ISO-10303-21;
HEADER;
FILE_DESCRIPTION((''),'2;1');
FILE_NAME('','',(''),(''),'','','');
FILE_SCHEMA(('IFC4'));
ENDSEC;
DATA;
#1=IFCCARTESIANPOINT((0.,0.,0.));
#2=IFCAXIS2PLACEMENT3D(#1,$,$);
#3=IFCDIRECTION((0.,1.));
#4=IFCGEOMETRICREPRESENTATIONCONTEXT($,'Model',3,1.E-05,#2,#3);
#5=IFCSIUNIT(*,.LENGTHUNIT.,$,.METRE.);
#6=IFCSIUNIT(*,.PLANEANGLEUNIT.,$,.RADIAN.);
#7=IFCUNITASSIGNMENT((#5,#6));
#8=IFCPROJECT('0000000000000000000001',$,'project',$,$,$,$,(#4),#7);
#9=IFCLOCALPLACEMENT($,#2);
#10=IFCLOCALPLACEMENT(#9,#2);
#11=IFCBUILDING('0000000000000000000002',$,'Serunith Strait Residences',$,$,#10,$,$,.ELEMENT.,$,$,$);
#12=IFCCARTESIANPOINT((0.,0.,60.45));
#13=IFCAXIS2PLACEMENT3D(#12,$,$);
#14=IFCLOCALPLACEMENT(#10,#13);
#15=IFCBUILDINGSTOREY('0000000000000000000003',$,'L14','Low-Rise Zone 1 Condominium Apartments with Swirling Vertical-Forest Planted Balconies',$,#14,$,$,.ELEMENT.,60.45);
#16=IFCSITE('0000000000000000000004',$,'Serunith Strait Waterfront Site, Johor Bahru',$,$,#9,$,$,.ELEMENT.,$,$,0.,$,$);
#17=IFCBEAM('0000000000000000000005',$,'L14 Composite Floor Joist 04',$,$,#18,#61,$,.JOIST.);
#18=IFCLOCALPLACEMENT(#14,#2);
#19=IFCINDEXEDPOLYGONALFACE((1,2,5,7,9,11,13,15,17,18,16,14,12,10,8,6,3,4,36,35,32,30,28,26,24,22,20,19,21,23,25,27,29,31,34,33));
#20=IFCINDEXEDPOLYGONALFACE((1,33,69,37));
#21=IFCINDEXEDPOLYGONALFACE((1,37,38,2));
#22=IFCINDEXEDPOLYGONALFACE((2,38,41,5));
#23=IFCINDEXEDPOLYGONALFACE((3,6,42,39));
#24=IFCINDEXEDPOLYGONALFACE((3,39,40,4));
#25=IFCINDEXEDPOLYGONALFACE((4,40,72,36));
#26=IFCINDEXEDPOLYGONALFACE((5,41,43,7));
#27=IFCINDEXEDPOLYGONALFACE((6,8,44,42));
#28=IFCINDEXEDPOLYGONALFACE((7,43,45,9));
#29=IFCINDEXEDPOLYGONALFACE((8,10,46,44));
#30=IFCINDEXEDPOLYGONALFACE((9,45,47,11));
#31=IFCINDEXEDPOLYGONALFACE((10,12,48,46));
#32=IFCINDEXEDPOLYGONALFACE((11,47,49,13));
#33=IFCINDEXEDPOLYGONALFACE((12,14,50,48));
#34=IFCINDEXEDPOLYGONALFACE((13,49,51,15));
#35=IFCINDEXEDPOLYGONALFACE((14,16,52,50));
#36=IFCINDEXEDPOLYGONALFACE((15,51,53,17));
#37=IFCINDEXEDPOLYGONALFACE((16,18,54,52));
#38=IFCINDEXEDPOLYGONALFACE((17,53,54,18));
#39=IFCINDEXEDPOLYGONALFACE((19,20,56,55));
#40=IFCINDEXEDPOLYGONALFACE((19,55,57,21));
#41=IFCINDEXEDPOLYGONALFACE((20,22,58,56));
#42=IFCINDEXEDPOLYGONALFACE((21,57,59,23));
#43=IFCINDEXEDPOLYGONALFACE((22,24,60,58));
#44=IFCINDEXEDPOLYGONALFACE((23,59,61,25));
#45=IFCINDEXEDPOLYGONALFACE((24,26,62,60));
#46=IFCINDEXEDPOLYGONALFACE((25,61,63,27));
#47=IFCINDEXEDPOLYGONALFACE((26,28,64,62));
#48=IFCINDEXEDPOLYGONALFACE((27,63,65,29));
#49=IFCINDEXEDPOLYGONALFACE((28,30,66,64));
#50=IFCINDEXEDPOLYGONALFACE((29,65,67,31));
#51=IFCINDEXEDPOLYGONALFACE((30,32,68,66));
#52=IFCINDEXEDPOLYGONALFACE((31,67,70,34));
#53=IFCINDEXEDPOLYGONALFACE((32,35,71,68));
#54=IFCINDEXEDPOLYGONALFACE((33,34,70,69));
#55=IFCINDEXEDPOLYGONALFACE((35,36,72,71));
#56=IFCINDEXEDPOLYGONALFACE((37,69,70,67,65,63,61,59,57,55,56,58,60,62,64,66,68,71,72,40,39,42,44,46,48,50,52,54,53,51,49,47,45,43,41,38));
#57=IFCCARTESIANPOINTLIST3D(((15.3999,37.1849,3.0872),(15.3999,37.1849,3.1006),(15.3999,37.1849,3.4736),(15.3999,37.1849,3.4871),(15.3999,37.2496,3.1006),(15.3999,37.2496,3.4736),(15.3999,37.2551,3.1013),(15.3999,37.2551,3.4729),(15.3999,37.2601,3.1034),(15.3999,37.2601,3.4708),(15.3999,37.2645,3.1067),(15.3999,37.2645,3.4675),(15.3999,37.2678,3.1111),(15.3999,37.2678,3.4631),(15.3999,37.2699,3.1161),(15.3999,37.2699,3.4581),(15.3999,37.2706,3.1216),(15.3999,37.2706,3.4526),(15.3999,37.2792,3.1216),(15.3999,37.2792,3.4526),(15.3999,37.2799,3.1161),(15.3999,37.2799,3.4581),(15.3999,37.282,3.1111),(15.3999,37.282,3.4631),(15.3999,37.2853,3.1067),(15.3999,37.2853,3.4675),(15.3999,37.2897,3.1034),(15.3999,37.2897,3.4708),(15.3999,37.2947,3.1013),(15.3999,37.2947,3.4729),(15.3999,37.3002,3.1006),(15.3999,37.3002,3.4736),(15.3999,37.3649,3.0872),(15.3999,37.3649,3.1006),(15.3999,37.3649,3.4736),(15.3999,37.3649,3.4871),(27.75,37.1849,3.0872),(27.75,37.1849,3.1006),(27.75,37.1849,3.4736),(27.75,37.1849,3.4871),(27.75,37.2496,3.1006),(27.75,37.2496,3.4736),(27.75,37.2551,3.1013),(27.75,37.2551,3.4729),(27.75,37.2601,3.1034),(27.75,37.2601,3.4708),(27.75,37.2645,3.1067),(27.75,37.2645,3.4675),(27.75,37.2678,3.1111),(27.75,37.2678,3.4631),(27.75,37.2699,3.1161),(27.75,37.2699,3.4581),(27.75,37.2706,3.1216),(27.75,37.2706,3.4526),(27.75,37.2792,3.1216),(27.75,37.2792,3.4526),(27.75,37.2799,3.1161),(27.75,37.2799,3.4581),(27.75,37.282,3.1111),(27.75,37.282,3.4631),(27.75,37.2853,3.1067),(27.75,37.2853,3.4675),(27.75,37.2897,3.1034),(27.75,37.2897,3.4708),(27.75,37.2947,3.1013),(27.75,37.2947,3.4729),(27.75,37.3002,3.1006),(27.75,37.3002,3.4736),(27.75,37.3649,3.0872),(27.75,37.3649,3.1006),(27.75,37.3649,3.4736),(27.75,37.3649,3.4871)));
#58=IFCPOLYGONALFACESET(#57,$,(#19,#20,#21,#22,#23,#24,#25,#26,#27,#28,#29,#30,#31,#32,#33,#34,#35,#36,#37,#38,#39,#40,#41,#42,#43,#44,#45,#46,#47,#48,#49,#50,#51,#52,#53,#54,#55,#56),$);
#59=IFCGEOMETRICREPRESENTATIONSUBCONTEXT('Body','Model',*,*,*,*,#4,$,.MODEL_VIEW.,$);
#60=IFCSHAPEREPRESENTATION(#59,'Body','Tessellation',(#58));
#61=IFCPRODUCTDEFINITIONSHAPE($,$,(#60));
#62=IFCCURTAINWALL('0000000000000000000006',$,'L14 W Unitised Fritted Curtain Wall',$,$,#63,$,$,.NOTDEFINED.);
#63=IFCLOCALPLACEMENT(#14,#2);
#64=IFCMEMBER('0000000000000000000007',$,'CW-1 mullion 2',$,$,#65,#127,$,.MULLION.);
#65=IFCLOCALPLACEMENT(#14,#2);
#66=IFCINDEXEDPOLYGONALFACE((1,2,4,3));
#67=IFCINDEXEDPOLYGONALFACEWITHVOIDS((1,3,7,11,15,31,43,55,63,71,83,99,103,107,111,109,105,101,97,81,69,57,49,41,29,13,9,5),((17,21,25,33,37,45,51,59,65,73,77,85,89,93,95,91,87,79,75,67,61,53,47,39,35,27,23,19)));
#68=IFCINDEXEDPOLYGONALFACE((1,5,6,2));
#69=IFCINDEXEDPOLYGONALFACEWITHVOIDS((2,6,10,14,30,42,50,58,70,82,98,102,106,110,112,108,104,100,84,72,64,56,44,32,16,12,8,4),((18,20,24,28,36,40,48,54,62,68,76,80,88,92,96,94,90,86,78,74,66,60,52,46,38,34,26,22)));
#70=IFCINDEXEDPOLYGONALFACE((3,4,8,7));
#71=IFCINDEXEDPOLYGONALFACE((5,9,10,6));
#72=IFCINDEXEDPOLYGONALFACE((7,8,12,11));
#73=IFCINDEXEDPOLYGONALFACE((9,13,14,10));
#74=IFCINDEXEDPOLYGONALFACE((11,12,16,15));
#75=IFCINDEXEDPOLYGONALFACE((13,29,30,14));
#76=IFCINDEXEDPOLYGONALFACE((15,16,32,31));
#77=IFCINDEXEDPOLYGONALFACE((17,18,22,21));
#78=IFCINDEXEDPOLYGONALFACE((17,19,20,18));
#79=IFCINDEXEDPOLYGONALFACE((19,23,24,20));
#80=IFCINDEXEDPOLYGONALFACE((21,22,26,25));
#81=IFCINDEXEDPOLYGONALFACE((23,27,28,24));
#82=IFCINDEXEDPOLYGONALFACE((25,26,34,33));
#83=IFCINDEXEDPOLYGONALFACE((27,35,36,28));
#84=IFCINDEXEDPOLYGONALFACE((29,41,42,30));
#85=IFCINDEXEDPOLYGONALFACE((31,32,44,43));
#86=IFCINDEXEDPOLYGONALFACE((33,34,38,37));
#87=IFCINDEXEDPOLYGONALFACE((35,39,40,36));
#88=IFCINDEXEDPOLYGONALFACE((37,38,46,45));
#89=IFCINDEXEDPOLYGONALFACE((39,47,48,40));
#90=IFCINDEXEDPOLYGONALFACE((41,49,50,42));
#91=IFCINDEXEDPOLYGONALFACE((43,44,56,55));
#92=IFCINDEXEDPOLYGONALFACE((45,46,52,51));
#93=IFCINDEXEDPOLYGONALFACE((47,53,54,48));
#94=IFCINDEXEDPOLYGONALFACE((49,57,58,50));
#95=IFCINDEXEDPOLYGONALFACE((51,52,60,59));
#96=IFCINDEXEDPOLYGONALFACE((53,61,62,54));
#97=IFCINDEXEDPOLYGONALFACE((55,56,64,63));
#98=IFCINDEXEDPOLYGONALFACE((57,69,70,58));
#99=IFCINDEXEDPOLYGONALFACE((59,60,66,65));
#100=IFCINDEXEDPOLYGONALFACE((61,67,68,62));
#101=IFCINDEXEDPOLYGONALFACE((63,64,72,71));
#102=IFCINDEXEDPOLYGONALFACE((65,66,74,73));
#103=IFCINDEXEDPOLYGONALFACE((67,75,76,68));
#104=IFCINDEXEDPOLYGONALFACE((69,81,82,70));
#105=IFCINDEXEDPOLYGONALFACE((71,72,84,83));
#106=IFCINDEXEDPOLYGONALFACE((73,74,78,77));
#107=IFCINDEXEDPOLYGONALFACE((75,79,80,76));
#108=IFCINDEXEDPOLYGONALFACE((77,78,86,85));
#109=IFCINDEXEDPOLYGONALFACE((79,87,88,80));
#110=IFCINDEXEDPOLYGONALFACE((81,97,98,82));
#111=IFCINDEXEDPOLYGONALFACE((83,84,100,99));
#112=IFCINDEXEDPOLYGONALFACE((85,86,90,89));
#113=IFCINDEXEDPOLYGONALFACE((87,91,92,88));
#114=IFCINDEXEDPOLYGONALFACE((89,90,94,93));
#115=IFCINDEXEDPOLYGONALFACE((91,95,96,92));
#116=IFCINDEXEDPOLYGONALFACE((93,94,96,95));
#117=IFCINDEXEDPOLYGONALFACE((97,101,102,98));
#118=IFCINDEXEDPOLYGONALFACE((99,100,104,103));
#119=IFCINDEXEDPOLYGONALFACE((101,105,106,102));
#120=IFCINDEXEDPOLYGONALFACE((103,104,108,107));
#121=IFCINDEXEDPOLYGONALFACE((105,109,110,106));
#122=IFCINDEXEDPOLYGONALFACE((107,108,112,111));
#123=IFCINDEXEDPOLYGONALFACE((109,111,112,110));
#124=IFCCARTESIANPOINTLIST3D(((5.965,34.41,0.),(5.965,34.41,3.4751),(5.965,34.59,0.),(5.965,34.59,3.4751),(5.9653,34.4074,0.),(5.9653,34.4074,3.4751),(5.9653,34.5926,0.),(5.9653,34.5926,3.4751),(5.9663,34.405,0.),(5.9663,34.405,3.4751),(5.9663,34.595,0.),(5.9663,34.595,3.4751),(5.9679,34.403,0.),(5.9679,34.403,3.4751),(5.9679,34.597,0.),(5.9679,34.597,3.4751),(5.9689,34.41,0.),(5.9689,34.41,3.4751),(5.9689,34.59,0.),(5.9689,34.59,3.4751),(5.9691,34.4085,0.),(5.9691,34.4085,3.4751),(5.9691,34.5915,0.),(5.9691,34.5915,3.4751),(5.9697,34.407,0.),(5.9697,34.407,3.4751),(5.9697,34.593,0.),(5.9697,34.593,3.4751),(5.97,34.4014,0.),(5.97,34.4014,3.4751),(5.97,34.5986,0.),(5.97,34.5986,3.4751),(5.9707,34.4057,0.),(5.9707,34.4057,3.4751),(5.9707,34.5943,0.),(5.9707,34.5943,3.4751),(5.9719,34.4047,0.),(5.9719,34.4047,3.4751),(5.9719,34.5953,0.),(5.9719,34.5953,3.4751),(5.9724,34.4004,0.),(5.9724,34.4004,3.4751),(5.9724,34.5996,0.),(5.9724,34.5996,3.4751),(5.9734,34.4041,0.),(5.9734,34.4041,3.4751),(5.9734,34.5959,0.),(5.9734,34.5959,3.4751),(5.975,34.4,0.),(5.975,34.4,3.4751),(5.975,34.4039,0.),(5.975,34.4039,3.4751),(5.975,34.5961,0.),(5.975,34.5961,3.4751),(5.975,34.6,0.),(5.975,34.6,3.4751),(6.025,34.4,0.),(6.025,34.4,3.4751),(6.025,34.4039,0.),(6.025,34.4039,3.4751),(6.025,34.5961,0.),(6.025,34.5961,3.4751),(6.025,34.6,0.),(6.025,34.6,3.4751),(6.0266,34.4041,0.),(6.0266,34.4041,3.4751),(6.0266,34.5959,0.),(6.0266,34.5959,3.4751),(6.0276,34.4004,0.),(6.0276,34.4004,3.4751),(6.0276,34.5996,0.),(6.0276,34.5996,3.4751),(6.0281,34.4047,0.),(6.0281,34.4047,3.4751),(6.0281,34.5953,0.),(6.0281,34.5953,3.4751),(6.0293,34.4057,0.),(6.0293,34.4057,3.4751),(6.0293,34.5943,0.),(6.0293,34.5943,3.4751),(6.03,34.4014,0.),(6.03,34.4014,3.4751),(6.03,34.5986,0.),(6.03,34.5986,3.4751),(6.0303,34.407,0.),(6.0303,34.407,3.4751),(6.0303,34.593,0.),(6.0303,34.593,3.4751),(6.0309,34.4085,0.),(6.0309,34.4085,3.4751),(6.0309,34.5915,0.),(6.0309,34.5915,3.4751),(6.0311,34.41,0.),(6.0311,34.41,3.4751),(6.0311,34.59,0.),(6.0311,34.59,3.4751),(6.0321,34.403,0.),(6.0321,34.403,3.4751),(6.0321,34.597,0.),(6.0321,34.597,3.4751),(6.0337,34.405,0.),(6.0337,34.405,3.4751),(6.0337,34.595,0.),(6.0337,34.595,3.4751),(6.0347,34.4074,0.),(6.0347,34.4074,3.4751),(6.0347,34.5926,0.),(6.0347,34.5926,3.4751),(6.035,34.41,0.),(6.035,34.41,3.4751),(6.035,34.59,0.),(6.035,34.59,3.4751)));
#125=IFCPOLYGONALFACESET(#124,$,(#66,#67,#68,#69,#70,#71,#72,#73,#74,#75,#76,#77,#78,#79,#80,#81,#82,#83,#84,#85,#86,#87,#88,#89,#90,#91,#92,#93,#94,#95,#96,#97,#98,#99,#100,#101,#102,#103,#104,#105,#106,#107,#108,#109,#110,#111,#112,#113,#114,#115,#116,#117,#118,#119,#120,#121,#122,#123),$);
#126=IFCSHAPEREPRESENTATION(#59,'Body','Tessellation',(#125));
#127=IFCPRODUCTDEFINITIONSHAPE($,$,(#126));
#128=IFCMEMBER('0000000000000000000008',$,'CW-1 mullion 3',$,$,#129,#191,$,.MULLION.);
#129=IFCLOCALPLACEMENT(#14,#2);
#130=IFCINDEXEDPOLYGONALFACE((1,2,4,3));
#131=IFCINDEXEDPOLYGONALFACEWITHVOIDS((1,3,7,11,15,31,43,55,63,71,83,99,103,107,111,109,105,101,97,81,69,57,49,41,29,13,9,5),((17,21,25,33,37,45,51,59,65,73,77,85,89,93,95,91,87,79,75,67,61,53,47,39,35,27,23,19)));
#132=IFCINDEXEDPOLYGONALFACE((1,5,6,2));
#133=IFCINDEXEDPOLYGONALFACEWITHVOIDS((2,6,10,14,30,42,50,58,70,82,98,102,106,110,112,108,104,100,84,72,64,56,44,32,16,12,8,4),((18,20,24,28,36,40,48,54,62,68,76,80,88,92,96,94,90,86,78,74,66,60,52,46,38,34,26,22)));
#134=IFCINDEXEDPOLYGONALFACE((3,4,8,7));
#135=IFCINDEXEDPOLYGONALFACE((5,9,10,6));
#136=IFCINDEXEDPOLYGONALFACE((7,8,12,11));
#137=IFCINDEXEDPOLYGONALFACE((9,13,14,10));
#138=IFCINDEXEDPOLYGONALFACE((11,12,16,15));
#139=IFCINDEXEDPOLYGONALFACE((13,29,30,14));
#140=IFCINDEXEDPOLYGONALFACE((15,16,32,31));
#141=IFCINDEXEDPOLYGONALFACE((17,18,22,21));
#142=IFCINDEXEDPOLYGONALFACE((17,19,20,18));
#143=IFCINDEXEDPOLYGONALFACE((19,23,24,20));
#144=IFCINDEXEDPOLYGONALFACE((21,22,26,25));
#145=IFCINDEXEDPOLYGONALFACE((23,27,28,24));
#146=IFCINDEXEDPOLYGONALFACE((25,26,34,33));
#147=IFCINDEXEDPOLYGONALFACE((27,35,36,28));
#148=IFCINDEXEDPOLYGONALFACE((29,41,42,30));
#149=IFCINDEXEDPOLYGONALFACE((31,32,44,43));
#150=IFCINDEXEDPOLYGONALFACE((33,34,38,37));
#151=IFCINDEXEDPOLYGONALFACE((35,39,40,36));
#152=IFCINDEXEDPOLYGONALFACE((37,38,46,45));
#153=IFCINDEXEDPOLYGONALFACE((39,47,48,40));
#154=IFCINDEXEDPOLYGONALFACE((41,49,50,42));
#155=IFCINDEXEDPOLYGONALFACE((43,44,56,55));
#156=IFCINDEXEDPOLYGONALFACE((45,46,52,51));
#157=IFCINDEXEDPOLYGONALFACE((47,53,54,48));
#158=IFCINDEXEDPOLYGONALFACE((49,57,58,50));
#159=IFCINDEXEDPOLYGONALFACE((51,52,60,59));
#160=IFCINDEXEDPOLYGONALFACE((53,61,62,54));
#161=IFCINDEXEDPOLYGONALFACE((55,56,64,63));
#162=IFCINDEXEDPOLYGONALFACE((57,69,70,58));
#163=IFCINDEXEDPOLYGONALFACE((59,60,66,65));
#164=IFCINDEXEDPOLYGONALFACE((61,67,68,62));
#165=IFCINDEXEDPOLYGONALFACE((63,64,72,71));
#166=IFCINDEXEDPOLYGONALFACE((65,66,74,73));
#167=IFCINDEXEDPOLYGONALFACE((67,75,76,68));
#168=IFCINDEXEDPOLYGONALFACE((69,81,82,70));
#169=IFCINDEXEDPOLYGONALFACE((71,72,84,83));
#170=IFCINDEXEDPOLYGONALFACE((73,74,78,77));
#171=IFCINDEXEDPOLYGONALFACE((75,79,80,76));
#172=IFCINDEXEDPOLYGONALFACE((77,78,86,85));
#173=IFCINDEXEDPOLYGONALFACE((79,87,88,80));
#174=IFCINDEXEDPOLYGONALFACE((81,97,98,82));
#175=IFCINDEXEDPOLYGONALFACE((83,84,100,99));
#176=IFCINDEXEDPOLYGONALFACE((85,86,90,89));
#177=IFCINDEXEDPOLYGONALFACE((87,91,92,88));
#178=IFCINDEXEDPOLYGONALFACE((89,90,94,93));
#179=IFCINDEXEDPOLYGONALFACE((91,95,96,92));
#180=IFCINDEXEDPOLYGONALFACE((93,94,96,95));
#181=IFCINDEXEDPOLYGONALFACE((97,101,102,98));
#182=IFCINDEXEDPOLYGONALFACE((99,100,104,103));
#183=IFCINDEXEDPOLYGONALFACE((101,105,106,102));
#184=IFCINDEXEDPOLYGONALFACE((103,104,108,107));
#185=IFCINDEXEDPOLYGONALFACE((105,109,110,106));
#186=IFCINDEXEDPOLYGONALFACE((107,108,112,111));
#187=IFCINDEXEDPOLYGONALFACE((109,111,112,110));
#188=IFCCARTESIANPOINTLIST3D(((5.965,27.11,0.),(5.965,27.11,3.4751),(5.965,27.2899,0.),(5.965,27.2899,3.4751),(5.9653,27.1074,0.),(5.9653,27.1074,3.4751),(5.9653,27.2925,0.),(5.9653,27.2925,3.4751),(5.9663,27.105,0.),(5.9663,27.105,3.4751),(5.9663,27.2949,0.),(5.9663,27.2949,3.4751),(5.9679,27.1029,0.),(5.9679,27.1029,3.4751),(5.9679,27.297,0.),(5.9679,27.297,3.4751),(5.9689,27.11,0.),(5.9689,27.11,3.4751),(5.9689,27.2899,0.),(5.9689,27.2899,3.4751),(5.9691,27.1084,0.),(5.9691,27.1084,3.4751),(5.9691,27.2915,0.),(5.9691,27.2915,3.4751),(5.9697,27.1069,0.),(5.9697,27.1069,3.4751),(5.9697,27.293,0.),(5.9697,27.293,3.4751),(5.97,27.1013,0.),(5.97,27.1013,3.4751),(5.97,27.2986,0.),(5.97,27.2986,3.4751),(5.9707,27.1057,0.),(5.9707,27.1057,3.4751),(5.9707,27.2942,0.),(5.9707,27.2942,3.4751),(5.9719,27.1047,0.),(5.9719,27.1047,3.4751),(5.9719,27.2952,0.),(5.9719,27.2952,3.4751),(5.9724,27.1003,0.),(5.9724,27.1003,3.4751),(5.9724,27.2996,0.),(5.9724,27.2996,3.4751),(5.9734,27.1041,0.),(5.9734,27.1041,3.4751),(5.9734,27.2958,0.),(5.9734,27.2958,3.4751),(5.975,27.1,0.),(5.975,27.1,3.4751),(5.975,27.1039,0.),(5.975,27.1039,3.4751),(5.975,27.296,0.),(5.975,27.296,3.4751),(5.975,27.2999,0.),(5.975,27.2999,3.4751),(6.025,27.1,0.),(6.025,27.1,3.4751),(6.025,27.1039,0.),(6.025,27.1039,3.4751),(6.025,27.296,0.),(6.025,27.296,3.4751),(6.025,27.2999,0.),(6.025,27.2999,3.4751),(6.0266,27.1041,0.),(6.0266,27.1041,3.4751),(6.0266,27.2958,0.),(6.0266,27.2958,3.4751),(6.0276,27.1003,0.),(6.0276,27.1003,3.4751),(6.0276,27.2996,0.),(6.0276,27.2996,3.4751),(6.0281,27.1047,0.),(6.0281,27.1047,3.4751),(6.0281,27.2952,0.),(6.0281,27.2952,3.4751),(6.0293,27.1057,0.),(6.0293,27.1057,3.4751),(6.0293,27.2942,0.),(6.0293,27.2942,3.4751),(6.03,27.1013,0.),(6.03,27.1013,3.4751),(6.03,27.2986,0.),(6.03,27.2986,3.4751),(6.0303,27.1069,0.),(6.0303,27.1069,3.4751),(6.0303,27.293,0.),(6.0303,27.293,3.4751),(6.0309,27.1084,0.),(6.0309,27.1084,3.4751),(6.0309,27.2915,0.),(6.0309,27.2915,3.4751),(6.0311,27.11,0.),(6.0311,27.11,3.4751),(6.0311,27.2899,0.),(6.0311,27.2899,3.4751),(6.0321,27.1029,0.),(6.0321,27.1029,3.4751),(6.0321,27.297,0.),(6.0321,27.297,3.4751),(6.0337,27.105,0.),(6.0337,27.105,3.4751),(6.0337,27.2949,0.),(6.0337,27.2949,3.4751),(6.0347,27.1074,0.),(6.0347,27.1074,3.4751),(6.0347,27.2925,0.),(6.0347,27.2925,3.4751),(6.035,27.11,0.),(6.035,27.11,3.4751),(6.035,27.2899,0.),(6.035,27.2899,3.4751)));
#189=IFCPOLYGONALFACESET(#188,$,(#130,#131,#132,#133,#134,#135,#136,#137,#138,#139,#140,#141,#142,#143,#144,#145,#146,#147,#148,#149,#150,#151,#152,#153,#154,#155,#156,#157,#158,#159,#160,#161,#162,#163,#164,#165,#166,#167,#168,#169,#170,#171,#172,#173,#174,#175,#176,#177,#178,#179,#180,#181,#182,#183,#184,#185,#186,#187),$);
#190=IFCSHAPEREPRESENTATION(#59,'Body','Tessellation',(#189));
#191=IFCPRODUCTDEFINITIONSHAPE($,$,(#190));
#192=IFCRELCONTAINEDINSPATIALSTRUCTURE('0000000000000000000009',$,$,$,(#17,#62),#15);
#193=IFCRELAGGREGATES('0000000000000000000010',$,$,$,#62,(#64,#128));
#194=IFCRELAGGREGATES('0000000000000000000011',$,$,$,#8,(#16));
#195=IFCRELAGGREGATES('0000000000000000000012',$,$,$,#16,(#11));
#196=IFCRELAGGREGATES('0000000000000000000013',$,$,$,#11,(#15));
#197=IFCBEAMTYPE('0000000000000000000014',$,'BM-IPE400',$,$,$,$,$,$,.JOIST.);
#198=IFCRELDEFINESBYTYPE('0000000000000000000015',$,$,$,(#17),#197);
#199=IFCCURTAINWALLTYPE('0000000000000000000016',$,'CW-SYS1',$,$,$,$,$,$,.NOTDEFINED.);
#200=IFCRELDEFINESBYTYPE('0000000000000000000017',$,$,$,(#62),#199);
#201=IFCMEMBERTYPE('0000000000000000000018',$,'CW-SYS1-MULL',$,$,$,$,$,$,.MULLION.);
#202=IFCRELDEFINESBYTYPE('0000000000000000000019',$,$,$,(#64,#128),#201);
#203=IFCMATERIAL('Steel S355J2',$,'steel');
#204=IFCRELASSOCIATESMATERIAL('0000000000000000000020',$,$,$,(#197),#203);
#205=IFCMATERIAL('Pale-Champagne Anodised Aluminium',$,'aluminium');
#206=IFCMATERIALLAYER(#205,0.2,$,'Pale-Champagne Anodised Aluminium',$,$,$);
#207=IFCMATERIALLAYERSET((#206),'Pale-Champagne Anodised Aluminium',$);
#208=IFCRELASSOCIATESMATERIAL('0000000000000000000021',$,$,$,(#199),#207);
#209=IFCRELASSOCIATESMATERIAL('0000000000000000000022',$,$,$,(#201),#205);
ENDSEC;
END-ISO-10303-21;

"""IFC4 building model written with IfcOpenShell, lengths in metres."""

from ifc_helpers import new_model, si_unit, direction, frame, origin, origin_2d, place, context, subcontext, project, spatial, hollow_rectangle, i_section, extrude, source, transform, mapped, material, layer, layer_set, material_profile, profile_set, type_object, element, aggregate, save


model = new_model("IFC4")

# Units and contexts
model_context = context("Model", 3, precision=1e-05, world=origin(), true_north=direction((0.0, 1.0)))
body_context = subcontext(model_context, "Body", "Model", "MODEL_VIEW")
ifc_project = project(units=[si_unit("LENGTHUNIT", "METRE"), si_unit("PLANEANGLEUNIT", "RADIAN")], contexts=[model_context])

# Site, building, storey
site_placement = place(None, origin())
site = spatial("IfcSite", under=ifc_project, at=site_placement, Name="Serunith Strait Waterfront Site, Johor Bahru", CompositionType="ELEMENT", RefElevation=0.0)
building_placement = place(site_placement, origin())
building = spatial("IfcBuilding", under=site, at=building_placement, Name="Serunith Strait Residences", CompositionType="ELEMENT")
storey_placement = place(building_placement, frame((0.0, 0.0, 60.45)))
storey = spatial("IfcBuildingStorey", under=building, at=storey_placement, Name="L14", Description="Low-Rise Zone 1 Condominium Apartments with Swirling Vertical-Forest Planted Balconies", CompositionType="ELEMENT", Elevation=60.45)

# Beam
ifc_material_1 = material(Name="Steel S355J2", Category="steel")
ifc_material_profile_1 = material_profile(ifc_material_1, i_section(OverallWidth=0.1799, OverallDepth=0.3999, WebThickness=0.0085, FlangeThickness=0.0134, FilletRadius=0.021, at=origin_2d()), Name="IPE 400")
ifc_profile_set_1 = profile_set([ifc_material_profile_1], Name="Steel S355J2")
beam_type_1 = type_object("IfcBeamType", Name="BM-IPE400", PredefinedType="JOIST", material=ifc_profile_set_1)
shared_shape_1 = source(origin(), body_context, "Body", "SweptSolid", [
    extrude(i_section(OverallWidth=0.1799, OverallDepth=0.3999, WebThickness=0.0085, FlangeThickness=0.0134, FilletRadius=0.021, at=origin_2d()), origin(), (0.0, 0.0, 1.0), 12.3501),
])
beam_1_placement = place(storey_placement, frame((15.3999, 37.2749, 3.2871), z_axis=(1.0, 0.0, 0.0), x_axis=(0.0, 1.0, 0.0)))
element("IfcBeam", 1, at=beam_1_placement, inside=storey, type_object=beam_type_1, Name="L14 Composite Floor Joist 04", PredefinedType="JOIST", context=body_context, shape_type="MappedRepresentation", body=[
    mapped(shared_shape_1, transform((0.0, 0.0, 0.0), scale=1.0)),
])

# Curtain wall, members
ifc_material_2 = material(Name="Pale-Champagne Anodised Aluminium", Category="aluminium")
ifc_layer_1 = layer(ifc_material_2, 0.2, Name="Pale-Champagne Anodised Aluminium")
ifc_layer_set_1 = layer_set([ifc_layer_1], Name="Pale-Champagne Anodised Aluminium")
curtain_wall_type = type_object("IfcCurtainWallType", Name="CW-SYS1", PredefinedType="NOTDEFINED", material=ifc_layer_set_1)
curtain_wall_placement = place(storey_placement, origin())
curtain_wall = element("IfcCurtainWall", 2, at=curtain_wall_placement, inside=storey, type_object=curtain_wall_type, Name="L14 W Unitised Fritted Curtain Wall", PredefinedType="NOTDEFINED")
ifc_material_profile_2 = material_profile(ifc_material_2, hollow_rectangle(XDim=0.0701, YDim=0.2, WallThickness=0.0039, InnerFilletRadius=0.0061, OuterFilletRadius=0.01, at=origin_2d()), Name="ALU 200x70x4")
ifc_profile_set_2 = profile_set([ifc_material_profile_2], Name="Pale-Champagne Anodised Aluminium")
member_type_1 = type_object("IfcMemberType", Name="CW-SYS1-MULL", PredefinedType="MULLION", material=ifc_profile_set_2)
shared_shape_2 = source(origin(), body_context, "Body", "SweptSolid", [
    extrude(hollow_rectangle(XDim=0.0701, YDim=0.2, WallThickness=0.0039, InnerFilletRadius=0.0061, OuterFilletRadius=0.01, at=origin_2d()), origin(), (0.0, 0.0, 1.0), 3.4751),
])
member_1_placement = place(storey_placement, frame((6.0, 34.5, 0.0), z_axis=(0.0, 0.0, 1.0), x_axis=(1.0, 0.0, 0.0)))
member_1 = element("IfcMember", 3, at=member_1_placement, type_object=member_type_1, Name="CW-1 mullion 2", PredefinedType="MULLION", context=body_context, shape_type="MappedRepresentation", body=[
    mapped(shared_shape_2, transform((0.0, 0.0, 0.0), scale=1.0)),
])
member_2_placement = place(storey_placement, frame((6.0, 27.2, 0.0), z_axis=(0.0, 0.0, 1.0), x_axis=(1.0, 0.0, 0.0)))
member_2 = element("IfcMember", 4, at=member_2_placement, type_object=member_type_1, Name="CW-1 mullion 3", PredefinedType="MULLION", context=body_context, shape_type="MappedRepresentation", body=[
    mapped(shared_shape_2, transform((0.0, 0.0, 0.0), scale=1.0)),
])
aggregate(curtain_wall, [member_1, member_2])

save(model, "model.ifc")
